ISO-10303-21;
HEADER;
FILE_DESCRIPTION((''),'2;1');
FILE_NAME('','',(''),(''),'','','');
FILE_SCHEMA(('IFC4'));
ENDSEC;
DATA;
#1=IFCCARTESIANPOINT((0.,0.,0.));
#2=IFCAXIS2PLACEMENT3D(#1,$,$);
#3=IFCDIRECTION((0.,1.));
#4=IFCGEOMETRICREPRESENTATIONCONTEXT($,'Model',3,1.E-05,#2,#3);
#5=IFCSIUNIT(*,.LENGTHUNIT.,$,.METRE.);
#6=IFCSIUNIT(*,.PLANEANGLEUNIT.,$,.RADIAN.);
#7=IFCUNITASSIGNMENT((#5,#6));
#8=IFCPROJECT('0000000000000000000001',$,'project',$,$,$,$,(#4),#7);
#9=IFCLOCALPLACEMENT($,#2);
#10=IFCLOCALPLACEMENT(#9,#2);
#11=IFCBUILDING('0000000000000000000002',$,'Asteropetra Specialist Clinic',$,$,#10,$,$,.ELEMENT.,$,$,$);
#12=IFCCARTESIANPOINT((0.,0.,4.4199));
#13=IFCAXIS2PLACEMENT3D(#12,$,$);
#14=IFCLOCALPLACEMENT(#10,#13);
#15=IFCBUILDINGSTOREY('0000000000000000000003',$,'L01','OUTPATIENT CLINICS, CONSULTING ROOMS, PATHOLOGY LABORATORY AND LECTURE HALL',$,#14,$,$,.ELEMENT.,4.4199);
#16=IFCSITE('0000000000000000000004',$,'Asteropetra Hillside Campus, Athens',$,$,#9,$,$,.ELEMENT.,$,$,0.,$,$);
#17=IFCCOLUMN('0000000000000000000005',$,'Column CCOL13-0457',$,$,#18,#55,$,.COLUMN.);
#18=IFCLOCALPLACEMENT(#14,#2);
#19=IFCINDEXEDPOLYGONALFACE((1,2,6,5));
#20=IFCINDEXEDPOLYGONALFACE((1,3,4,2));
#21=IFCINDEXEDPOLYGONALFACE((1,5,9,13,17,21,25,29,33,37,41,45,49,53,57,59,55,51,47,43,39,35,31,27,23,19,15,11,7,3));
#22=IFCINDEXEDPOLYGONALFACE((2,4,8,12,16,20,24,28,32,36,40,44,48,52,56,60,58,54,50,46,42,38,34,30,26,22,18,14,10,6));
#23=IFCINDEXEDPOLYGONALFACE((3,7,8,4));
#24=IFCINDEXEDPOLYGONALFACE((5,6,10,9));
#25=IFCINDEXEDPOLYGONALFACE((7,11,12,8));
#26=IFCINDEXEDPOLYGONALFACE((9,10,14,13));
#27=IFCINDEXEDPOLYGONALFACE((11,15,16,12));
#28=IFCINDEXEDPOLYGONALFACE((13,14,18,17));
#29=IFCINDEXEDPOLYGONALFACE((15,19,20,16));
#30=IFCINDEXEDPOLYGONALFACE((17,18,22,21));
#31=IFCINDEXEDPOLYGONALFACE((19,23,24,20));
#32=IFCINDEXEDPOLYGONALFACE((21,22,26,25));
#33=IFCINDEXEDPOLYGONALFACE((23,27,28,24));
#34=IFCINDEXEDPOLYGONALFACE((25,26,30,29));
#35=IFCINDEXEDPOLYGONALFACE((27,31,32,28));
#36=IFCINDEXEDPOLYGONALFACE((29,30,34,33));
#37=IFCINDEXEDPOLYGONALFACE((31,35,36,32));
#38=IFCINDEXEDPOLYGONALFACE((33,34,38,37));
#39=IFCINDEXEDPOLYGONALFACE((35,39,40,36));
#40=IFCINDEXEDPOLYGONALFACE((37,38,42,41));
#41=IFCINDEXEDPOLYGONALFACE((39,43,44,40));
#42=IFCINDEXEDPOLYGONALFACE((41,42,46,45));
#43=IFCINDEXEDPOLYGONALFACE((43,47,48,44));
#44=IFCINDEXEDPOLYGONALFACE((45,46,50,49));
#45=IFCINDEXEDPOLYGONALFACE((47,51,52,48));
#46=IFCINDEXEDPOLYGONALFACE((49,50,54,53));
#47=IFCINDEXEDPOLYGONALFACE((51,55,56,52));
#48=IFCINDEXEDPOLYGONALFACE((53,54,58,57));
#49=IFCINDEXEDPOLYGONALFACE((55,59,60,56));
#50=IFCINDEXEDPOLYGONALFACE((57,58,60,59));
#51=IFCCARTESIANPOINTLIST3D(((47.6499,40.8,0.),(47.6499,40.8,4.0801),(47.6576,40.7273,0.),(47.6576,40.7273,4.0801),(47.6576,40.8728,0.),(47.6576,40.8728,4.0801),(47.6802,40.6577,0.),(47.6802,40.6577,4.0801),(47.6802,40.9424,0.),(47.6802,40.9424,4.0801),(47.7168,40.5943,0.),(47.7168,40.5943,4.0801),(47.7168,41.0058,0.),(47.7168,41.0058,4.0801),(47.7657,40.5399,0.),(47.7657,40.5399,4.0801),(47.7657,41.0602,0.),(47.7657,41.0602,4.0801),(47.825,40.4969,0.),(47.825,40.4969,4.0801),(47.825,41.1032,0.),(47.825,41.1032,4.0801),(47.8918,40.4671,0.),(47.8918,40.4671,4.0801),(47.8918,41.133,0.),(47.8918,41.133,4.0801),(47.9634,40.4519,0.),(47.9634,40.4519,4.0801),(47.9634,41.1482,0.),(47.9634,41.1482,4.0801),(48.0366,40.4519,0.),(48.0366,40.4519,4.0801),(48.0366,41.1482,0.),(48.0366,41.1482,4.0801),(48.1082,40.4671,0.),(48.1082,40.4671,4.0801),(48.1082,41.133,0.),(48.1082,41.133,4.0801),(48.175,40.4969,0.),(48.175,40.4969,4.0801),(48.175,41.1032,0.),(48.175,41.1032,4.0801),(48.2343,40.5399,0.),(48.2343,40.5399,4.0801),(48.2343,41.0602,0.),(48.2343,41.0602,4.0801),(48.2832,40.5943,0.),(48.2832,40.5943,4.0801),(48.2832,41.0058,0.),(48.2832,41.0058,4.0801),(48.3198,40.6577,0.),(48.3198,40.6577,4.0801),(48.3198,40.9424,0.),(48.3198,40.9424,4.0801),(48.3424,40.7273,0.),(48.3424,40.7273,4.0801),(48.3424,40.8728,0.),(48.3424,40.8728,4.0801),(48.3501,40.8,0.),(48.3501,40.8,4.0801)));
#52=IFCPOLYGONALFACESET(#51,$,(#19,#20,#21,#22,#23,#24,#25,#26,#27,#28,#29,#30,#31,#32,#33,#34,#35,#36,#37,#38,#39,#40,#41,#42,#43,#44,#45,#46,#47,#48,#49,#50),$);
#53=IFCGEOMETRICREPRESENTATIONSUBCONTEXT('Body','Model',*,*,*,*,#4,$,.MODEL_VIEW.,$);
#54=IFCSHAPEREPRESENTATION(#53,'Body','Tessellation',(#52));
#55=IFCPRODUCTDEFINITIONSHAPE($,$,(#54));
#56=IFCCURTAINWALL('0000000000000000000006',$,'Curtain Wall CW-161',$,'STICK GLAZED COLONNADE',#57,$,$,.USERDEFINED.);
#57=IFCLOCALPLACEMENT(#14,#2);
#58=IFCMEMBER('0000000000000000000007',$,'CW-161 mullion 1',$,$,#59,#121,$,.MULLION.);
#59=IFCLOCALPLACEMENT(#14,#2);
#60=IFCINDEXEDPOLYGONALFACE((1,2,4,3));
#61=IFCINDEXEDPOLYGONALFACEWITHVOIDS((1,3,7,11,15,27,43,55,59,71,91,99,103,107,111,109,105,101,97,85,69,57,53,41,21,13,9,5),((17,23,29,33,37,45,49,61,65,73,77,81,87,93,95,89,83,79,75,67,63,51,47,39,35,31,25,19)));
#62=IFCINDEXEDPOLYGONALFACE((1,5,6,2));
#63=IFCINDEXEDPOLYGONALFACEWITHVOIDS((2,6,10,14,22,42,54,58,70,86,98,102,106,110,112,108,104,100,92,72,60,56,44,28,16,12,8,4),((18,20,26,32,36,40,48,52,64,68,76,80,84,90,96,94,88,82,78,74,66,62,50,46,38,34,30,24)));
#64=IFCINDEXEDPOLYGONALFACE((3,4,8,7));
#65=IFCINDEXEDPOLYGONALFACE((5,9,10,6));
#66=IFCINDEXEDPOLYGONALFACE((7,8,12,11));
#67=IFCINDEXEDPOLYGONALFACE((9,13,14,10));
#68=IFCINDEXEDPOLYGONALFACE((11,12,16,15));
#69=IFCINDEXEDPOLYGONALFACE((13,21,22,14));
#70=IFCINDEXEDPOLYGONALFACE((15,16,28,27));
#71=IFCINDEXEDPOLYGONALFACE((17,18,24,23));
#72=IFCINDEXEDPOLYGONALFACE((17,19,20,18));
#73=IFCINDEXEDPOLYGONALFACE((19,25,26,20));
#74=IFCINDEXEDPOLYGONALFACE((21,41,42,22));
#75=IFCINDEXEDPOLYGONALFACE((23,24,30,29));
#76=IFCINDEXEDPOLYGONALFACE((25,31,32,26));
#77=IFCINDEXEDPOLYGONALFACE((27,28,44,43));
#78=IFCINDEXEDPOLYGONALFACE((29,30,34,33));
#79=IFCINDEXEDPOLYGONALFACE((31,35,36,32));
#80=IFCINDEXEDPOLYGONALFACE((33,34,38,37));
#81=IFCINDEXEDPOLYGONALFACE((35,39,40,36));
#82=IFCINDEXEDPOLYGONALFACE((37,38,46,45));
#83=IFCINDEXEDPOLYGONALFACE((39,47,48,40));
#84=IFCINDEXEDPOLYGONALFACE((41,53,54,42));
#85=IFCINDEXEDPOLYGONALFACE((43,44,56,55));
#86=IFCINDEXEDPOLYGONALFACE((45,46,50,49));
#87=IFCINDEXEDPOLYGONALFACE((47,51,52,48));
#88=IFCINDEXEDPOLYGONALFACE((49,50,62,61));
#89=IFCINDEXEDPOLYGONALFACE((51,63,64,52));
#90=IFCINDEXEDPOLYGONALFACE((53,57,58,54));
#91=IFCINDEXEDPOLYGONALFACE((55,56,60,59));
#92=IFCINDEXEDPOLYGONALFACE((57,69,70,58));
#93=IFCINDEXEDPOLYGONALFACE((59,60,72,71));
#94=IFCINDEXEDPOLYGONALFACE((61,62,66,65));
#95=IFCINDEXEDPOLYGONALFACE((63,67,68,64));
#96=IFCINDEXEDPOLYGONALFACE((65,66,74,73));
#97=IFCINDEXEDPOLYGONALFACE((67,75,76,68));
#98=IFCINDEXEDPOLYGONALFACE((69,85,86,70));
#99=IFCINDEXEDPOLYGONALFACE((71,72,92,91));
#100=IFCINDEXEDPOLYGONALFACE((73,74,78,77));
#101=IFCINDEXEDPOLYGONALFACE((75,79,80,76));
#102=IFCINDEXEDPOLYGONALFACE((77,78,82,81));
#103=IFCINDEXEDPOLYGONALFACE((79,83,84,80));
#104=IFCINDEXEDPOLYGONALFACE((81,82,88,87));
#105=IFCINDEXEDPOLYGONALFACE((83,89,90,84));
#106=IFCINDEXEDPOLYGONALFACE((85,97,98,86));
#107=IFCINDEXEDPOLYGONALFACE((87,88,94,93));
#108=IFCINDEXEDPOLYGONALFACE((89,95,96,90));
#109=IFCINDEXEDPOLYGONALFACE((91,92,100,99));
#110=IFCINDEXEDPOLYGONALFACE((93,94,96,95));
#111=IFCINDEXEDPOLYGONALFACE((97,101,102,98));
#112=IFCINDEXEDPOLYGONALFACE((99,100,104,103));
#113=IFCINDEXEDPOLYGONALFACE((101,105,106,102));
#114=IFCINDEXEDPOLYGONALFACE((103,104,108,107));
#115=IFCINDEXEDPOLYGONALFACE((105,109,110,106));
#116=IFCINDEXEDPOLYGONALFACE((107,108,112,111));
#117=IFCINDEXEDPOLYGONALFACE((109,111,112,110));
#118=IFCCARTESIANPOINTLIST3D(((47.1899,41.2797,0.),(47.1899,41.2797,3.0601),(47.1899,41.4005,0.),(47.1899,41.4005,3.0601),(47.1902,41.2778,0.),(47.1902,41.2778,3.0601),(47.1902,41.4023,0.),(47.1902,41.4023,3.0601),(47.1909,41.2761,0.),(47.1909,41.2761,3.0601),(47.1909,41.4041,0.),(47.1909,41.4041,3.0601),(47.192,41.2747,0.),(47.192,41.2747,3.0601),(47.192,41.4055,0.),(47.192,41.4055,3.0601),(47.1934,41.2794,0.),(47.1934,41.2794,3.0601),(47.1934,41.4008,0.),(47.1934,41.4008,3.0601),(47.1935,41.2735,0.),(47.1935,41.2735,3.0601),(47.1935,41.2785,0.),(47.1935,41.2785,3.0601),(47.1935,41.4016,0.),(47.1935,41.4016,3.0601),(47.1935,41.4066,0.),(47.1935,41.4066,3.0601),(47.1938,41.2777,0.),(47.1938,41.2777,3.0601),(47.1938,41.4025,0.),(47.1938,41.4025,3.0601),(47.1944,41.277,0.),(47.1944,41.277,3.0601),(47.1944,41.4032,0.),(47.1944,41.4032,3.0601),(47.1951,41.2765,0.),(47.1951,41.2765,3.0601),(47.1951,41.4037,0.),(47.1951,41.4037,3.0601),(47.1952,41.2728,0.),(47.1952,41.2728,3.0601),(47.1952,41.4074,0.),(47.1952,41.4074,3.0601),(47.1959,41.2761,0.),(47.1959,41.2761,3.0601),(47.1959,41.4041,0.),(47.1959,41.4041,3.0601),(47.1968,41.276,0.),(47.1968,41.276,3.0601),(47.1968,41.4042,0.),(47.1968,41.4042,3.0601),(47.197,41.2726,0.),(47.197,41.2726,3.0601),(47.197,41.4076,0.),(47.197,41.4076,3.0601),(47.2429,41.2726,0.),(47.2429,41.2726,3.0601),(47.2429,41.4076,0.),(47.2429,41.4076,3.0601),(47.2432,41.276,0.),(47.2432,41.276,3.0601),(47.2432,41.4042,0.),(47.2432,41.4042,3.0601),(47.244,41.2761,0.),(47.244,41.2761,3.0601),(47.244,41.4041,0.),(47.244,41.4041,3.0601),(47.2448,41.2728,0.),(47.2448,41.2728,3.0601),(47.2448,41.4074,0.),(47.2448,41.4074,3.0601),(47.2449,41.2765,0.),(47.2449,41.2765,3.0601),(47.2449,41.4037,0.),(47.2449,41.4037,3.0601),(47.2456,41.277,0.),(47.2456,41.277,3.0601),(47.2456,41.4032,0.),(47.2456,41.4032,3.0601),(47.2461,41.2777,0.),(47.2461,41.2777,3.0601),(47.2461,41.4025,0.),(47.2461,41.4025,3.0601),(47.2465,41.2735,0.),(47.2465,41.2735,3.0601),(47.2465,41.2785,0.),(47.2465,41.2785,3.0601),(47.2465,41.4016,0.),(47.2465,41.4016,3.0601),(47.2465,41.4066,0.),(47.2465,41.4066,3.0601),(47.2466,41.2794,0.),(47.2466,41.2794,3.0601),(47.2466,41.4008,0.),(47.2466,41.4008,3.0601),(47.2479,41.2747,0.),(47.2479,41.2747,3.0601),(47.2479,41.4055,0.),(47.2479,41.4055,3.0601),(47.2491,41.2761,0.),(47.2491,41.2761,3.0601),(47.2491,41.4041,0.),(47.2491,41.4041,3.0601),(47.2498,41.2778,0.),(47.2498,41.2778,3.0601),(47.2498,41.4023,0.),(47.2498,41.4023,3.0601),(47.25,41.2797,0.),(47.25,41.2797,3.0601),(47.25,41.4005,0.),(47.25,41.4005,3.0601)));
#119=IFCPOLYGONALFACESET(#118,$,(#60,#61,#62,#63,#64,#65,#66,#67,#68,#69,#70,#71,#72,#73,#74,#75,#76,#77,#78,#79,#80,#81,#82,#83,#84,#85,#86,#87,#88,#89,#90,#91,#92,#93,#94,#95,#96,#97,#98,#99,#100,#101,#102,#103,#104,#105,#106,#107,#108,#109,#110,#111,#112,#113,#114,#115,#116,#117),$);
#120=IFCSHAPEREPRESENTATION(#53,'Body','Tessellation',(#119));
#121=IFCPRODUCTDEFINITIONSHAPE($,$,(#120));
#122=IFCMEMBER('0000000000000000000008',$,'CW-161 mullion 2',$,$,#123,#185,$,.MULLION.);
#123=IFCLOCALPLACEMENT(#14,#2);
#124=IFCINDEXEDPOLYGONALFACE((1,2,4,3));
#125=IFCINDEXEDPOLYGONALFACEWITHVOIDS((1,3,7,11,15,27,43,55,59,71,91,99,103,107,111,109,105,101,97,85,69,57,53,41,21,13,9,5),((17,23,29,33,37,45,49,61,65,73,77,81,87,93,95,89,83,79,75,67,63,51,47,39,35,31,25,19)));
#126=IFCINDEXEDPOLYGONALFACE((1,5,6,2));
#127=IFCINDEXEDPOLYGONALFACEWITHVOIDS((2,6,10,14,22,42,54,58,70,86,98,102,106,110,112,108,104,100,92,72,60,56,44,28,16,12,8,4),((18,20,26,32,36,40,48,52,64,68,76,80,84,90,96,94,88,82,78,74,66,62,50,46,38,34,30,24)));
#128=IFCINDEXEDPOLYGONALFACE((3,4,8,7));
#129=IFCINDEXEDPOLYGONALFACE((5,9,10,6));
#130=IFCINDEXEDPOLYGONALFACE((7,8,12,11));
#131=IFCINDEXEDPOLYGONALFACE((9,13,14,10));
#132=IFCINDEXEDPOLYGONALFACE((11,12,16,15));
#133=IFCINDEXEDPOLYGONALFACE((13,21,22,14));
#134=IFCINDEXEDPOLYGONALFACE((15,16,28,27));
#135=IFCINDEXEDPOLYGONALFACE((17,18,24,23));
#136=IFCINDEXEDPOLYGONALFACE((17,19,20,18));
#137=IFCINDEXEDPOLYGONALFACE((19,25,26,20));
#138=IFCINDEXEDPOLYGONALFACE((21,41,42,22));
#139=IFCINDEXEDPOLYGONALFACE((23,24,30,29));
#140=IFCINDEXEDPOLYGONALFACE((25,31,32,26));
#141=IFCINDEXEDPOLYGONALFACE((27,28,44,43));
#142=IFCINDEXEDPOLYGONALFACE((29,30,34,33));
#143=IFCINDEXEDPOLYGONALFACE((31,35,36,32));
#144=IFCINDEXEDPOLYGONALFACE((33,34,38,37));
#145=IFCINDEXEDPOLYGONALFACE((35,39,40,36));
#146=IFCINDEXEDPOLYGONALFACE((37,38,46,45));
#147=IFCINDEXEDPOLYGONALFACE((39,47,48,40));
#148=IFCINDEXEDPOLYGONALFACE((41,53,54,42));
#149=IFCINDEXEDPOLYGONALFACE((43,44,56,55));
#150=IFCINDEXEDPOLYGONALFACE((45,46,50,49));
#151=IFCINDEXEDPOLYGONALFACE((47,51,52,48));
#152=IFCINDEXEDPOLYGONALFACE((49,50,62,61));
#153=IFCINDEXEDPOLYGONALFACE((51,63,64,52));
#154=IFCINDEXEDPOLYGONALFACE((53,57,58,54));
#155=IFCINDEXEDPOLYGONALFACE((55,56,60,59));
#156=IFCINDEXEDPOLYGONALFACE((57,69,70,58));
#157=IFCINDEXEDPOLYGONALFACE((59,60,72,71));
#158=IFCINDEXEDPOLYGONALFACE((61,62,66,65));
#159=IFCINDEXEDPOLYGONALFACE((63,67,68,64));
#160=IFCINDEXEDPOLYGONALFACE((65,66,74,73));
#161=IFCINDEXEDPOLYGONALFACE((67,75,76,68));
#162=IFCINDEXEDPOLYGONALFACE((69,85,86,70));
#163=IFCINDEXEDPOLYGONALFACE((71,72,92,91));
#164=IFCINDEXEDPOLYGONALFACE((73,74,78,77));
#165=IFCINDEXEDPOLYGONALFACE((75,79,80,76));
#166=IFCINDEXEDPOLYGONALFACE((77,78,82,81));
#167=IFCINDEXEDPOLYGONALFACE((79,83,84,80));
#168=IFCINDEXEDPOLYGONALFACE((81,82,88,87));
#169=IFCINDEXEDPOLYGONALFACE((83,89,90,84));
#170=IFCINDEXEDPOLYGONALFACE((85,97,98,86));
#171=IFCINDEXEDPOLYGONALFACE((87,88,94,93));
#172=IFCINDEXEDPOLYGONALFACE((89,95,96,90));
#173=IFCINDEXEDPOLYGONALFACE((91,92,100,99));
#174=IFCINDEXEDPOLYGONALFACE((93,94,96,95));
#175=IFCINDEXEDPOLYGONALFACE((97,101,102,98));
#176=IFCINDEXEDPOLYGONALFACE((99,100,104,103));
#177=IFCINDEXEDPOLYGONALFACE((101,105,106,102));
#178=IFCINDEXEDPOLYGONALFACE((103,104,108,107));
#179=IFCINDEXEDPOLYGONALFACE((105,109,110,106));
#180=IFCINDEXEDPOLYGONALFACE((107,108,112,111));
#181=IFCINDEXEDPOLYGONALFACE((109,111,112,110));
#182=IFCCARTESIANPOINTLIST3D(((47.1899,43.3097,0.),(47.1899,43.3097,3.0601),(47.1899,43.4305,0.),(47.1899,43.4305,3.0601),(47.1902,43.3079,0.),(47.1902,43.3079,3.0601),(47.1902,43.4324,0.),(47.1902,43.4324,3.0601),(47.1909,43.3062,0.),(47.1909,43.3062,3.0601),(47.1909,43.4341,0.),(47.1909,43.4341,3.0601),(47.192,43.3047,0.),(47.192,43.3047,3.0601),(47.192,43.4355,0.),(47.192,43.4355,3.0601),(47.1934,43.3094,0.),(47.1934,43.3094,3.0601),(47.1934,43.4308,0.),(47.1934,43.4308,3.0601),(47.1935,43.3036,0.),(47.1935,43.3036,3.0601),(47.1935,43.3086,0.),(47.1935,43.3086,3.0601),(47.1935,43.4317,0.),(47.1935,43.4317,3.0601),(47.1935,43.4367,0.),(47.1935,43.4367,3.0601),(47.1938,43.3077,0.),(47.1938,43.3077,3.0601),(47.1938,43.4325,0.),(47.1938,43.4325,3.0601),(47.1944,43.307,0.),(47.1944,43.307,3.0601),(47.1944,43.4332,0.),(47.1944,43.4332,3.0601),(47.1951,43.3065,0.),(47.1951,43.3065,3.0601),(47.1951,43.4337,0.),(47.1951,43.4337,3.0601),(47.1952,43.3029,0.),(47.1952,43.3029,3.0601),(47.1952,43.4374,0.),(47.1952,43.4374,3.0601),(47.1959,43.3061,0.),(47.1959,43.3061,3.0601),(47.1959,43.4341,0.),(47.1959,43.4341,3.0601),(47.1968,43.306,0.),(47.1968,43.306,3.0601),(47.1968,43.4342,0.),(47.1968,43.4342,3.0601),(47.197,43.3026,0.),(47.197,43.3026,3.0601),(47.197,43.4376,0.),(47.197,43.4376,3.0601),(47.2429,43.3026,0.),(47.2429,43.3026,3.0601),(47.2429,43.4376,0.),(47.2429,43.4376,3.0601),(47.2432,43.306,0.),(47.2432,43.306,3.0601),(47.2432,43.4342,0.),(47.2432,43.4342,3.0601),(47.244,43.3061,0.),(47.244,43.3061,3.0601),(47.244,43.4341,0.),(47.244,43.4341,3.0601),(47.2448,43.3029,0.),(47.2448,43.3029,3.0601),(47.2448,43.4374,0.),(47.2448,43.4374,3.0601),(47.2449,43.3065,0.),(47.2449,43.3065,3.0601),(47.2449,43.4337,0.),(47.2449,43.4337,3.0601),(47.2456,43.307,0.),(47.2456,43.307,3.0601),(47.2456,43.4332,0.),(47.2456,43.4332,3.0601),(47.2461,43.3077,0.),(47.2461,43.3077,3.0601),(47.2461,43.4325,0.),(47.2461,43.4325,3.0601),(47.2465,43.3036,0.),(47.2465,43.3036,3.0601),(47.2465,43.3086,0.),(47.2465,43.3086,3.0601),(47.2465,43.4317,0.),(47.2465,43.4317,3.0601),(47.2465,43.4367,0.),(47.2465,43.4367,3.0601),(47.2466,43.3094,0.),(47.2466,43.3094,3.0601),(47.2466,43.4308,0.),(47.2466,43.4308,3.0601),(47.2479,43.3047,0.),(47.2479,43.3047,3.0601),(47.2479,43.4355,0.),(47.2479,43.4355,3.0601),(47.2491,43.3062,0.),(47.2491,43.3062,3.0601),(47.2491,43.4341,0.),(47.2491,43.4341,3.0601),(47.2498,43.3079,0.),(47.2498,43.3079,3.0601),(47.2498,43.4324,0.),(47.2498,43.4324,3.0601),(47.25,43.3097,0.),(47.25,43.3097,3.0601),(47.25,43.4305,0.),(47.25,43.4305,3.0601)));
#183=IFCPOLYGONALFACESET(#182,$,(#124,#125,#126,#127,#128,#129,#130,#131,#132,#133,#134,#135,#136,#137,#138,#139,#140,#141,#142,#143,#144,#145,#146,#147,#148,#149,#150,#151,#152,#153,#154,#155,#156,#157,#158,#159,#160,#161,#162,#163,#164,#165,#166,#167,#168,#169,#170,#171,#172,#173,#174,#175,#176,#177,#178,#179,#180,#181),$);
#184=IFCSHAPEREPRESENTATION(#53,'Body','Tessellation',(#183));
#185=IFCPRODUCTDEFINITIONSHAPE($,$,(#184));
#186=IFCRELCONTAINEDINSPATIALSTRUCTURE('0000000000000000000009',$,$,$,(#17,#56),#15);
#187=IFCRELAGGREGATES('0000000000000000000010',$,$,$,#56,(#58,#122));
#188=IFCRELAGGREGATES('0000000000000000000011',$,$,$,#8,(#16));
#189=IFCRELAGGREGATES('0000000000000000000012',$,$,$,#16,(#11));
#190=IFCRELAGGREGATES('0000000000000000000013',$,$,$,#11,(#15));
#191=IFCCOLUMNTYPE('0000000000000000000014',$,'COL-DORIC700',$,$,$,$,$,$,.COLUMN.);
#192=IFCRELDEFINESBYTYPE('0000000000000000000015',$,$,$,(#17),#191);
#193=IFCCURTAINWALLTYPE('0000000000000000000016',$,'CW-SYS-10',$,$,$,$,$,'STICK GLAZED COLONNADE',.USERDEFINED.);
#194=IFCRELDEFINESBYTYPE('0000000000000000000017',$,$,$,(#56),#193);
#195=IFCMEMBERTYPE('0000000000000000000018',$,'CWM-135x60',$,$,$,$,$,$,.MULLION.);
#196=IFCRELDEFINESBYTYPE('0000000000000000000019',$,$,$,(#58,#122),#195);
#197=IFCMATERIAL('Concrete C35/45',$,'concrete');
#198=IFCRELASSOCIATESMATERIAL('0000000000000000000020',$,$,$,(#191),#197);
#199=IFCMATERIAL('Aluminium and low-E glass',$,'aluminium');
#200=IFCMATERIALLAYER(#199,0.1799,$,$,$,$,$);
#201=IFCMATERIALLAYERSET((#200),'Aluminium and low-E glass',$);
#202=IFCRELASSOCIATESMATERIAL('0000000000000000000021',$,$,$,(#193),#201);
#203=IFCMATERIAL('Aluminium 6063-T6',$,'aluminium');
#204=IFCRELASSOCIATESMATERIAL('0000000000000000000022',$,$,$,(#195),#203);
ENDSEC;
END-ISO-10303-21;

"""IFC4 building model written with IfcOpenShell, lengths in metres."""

from ifc_helpers import new_model, si_unit, direction, frame, origin, origin_2d, place, context, subcontext, project, spatial, hollow_rectangle, circle, extrude, material, layer, layer_set, material_profile, profile_set, type_object, element, aggregate, save


model = new_model("IFC4")

# Units and contexts
model_context = context("Model", 3, precision=1e-05, world=origin(), true_north=direction((0.0, 1.0)))
body_context = subcontext(model_context, "Body", "Model", "MODEL_VIEW")
ifc_project = project(units=[si_unit("LENGTHUNIT", "METRE"), si_unit("PLANEANGLEUNIT", "RADIAN")], contexts=[model_context])

# Site, building, storey
site_placement = place(None, origin())
site = spatial("IfcSite", under=ifc_project, at=site_placement, Name="Asteropetra Hillside Campus, Athens", CompositionType="ELEMENT", RefElevation=0.0)
building_placement = place(site_placement, origin())
building = spatial("IfcBuilding", under=site, at=building_placement, Name="Asteropetra Specialist Clinic", CompositionType="ELEMENT")
storey_placement = place(building_placement, frame((0.0, 0.0, 4.4199)))
storey = spatial("IfcBuildingStorey", under=building, at=storey_placement, Name="L01", Description="OUTPATIENT CLINICS, CONSULTING ROOMS, PATHOLOGY LABORATORY AND LECTURE HALL", CompositionType="ELEMENT", Elevation=4.4199)

# Column
ifc_material_1 = material(Name="Concrete C35/45", Category="concrete")
ifc_material_profile_1 = material_profile(ifc_material_1, circle(Radius=0.3501, at=origin_2d()), Name="RCC D700")
ifc_profile_set_1 = profile_set([ifc_material_profile_1], Name="Concrete C35/45")
column_type = type_object("IfcColumnType", Name="COL-DORIC700", PredefinedType="COLUMN", material=ifc_profile_set_1)
column_placement = place(storey_placement, frame((48.0, 40.8, 0.0), z_axis=(0.0, 0.0, 1.0), x_axis=(1.0, 0.0, 0.0)))
element("IfcColumn", 1, at=column_placement, inside=storey, type_object=column_type, Name="Column CCOL13-0457", PredefinedType="COLUMN", context=body_context, shape_type="SweptSolid", body=[
    extrude(circle(Radius=0.3501, at=origin_2d()), origin(), (0.0, 0.0, 1.0), 4.0801),
])

# Curtain wall, members
ifc_material_2 = material(Name="Aluminium and low-E glass", Category="aluminium")
ifc_layer_1 = layer(ifc_material_2, 0.1799)
ifc_layer_set_1 = layer_set([ifc_layer_1], Name="Aluminium and low-E glass")
curtain_wall_type_1 = type_object("IfcCurtainWallType", Name="CW-SYS-10", ElementType="STICK GLAZED COLONNADE", PredefinedType="USERDEFINED", material=ifc_layer_set_1)
curtain_wall_1_placement = place(storey_placement, origin())
curtain_wall_1 = element("IfcCurtainWall", 2, at=curtain_wall_1_placement, inside=storey, type_object=curtain_wall_type_1, Name="Curtain Wall CW-161", ObjectType="STICK GLAZED COLONNADE", PredefinedType="USERDEFINED")
ifc_material_3 = material(Name="Aluminium 6063-T6", Category="aluminium")
ifc_material_profile_2 = material_profile(ifc_material_3, hollow_rectangle(XDim=0.0601, YDim=0.135, WallThickness=0.0034, InnerFilletRadius=0.0034, OuterFilletRadius=0.0071, at=origin_2d()), Name="MUL 135x60x3.5")
ifc_profile_set_2 = profile_set([ifc_material_profile_2], Name="Aluminium 6063-T6")
member_type_1 = type_object("IfcMemberType", Name="CWM-135x60", PredefinedType="MULLION", material=ifc_profile_set_2)
member_1_placement = place(storey_placement, frame((47.22, 41.3401, 0.0), z_axis=(0.0, 0.0, 1.0), x_axis=(-1.0, 0.0, 0.0)))
member_1 = element("IfcMember", 3, at=member_1_placement, type_object=member_type_1, Name="CW-161 mullion 1", PredefinedType="MULLION", context=body_context, shape_type="SweptSolid", body=[
    extrude(hollow_rectangle(XDim=0.0601, YDim=0.135, WallThickness=0.0034, InnerFilletRadius=0.0034, OuterFilletRadius=0.0071, at=origin_2d()), origin(), (0.0, 0.0, 1.0), 3.0601),
])
member_2_placement = place(storey_placement, frame((47.22, 43.3701, 0.0), z_axis=(0.0, 0.0, 1.0), x_axis=(-1.0, 0.0, 0.0)))
member_2 = element("IfcMember", 4, at=member_2_placement, type_object=member_type_1, Name="CW-161 mullion 2", PredefinedType="MULLION", context=body_context, shape_type="SweptSolid", body=[
    extrude(hollow_rectangle(XDim=0.0601, YDim=0.135, WallThickness=0.0034, InnerFilletRadius=0.0034, OuterFilletRadius=0.0071, at=origin_2d()), origin(), (0.0, 0.0, 1.0), 3.0601),
])

aggregate(curtain_wall_1, [member_1, member_2])

save(model, "model.ifc")
